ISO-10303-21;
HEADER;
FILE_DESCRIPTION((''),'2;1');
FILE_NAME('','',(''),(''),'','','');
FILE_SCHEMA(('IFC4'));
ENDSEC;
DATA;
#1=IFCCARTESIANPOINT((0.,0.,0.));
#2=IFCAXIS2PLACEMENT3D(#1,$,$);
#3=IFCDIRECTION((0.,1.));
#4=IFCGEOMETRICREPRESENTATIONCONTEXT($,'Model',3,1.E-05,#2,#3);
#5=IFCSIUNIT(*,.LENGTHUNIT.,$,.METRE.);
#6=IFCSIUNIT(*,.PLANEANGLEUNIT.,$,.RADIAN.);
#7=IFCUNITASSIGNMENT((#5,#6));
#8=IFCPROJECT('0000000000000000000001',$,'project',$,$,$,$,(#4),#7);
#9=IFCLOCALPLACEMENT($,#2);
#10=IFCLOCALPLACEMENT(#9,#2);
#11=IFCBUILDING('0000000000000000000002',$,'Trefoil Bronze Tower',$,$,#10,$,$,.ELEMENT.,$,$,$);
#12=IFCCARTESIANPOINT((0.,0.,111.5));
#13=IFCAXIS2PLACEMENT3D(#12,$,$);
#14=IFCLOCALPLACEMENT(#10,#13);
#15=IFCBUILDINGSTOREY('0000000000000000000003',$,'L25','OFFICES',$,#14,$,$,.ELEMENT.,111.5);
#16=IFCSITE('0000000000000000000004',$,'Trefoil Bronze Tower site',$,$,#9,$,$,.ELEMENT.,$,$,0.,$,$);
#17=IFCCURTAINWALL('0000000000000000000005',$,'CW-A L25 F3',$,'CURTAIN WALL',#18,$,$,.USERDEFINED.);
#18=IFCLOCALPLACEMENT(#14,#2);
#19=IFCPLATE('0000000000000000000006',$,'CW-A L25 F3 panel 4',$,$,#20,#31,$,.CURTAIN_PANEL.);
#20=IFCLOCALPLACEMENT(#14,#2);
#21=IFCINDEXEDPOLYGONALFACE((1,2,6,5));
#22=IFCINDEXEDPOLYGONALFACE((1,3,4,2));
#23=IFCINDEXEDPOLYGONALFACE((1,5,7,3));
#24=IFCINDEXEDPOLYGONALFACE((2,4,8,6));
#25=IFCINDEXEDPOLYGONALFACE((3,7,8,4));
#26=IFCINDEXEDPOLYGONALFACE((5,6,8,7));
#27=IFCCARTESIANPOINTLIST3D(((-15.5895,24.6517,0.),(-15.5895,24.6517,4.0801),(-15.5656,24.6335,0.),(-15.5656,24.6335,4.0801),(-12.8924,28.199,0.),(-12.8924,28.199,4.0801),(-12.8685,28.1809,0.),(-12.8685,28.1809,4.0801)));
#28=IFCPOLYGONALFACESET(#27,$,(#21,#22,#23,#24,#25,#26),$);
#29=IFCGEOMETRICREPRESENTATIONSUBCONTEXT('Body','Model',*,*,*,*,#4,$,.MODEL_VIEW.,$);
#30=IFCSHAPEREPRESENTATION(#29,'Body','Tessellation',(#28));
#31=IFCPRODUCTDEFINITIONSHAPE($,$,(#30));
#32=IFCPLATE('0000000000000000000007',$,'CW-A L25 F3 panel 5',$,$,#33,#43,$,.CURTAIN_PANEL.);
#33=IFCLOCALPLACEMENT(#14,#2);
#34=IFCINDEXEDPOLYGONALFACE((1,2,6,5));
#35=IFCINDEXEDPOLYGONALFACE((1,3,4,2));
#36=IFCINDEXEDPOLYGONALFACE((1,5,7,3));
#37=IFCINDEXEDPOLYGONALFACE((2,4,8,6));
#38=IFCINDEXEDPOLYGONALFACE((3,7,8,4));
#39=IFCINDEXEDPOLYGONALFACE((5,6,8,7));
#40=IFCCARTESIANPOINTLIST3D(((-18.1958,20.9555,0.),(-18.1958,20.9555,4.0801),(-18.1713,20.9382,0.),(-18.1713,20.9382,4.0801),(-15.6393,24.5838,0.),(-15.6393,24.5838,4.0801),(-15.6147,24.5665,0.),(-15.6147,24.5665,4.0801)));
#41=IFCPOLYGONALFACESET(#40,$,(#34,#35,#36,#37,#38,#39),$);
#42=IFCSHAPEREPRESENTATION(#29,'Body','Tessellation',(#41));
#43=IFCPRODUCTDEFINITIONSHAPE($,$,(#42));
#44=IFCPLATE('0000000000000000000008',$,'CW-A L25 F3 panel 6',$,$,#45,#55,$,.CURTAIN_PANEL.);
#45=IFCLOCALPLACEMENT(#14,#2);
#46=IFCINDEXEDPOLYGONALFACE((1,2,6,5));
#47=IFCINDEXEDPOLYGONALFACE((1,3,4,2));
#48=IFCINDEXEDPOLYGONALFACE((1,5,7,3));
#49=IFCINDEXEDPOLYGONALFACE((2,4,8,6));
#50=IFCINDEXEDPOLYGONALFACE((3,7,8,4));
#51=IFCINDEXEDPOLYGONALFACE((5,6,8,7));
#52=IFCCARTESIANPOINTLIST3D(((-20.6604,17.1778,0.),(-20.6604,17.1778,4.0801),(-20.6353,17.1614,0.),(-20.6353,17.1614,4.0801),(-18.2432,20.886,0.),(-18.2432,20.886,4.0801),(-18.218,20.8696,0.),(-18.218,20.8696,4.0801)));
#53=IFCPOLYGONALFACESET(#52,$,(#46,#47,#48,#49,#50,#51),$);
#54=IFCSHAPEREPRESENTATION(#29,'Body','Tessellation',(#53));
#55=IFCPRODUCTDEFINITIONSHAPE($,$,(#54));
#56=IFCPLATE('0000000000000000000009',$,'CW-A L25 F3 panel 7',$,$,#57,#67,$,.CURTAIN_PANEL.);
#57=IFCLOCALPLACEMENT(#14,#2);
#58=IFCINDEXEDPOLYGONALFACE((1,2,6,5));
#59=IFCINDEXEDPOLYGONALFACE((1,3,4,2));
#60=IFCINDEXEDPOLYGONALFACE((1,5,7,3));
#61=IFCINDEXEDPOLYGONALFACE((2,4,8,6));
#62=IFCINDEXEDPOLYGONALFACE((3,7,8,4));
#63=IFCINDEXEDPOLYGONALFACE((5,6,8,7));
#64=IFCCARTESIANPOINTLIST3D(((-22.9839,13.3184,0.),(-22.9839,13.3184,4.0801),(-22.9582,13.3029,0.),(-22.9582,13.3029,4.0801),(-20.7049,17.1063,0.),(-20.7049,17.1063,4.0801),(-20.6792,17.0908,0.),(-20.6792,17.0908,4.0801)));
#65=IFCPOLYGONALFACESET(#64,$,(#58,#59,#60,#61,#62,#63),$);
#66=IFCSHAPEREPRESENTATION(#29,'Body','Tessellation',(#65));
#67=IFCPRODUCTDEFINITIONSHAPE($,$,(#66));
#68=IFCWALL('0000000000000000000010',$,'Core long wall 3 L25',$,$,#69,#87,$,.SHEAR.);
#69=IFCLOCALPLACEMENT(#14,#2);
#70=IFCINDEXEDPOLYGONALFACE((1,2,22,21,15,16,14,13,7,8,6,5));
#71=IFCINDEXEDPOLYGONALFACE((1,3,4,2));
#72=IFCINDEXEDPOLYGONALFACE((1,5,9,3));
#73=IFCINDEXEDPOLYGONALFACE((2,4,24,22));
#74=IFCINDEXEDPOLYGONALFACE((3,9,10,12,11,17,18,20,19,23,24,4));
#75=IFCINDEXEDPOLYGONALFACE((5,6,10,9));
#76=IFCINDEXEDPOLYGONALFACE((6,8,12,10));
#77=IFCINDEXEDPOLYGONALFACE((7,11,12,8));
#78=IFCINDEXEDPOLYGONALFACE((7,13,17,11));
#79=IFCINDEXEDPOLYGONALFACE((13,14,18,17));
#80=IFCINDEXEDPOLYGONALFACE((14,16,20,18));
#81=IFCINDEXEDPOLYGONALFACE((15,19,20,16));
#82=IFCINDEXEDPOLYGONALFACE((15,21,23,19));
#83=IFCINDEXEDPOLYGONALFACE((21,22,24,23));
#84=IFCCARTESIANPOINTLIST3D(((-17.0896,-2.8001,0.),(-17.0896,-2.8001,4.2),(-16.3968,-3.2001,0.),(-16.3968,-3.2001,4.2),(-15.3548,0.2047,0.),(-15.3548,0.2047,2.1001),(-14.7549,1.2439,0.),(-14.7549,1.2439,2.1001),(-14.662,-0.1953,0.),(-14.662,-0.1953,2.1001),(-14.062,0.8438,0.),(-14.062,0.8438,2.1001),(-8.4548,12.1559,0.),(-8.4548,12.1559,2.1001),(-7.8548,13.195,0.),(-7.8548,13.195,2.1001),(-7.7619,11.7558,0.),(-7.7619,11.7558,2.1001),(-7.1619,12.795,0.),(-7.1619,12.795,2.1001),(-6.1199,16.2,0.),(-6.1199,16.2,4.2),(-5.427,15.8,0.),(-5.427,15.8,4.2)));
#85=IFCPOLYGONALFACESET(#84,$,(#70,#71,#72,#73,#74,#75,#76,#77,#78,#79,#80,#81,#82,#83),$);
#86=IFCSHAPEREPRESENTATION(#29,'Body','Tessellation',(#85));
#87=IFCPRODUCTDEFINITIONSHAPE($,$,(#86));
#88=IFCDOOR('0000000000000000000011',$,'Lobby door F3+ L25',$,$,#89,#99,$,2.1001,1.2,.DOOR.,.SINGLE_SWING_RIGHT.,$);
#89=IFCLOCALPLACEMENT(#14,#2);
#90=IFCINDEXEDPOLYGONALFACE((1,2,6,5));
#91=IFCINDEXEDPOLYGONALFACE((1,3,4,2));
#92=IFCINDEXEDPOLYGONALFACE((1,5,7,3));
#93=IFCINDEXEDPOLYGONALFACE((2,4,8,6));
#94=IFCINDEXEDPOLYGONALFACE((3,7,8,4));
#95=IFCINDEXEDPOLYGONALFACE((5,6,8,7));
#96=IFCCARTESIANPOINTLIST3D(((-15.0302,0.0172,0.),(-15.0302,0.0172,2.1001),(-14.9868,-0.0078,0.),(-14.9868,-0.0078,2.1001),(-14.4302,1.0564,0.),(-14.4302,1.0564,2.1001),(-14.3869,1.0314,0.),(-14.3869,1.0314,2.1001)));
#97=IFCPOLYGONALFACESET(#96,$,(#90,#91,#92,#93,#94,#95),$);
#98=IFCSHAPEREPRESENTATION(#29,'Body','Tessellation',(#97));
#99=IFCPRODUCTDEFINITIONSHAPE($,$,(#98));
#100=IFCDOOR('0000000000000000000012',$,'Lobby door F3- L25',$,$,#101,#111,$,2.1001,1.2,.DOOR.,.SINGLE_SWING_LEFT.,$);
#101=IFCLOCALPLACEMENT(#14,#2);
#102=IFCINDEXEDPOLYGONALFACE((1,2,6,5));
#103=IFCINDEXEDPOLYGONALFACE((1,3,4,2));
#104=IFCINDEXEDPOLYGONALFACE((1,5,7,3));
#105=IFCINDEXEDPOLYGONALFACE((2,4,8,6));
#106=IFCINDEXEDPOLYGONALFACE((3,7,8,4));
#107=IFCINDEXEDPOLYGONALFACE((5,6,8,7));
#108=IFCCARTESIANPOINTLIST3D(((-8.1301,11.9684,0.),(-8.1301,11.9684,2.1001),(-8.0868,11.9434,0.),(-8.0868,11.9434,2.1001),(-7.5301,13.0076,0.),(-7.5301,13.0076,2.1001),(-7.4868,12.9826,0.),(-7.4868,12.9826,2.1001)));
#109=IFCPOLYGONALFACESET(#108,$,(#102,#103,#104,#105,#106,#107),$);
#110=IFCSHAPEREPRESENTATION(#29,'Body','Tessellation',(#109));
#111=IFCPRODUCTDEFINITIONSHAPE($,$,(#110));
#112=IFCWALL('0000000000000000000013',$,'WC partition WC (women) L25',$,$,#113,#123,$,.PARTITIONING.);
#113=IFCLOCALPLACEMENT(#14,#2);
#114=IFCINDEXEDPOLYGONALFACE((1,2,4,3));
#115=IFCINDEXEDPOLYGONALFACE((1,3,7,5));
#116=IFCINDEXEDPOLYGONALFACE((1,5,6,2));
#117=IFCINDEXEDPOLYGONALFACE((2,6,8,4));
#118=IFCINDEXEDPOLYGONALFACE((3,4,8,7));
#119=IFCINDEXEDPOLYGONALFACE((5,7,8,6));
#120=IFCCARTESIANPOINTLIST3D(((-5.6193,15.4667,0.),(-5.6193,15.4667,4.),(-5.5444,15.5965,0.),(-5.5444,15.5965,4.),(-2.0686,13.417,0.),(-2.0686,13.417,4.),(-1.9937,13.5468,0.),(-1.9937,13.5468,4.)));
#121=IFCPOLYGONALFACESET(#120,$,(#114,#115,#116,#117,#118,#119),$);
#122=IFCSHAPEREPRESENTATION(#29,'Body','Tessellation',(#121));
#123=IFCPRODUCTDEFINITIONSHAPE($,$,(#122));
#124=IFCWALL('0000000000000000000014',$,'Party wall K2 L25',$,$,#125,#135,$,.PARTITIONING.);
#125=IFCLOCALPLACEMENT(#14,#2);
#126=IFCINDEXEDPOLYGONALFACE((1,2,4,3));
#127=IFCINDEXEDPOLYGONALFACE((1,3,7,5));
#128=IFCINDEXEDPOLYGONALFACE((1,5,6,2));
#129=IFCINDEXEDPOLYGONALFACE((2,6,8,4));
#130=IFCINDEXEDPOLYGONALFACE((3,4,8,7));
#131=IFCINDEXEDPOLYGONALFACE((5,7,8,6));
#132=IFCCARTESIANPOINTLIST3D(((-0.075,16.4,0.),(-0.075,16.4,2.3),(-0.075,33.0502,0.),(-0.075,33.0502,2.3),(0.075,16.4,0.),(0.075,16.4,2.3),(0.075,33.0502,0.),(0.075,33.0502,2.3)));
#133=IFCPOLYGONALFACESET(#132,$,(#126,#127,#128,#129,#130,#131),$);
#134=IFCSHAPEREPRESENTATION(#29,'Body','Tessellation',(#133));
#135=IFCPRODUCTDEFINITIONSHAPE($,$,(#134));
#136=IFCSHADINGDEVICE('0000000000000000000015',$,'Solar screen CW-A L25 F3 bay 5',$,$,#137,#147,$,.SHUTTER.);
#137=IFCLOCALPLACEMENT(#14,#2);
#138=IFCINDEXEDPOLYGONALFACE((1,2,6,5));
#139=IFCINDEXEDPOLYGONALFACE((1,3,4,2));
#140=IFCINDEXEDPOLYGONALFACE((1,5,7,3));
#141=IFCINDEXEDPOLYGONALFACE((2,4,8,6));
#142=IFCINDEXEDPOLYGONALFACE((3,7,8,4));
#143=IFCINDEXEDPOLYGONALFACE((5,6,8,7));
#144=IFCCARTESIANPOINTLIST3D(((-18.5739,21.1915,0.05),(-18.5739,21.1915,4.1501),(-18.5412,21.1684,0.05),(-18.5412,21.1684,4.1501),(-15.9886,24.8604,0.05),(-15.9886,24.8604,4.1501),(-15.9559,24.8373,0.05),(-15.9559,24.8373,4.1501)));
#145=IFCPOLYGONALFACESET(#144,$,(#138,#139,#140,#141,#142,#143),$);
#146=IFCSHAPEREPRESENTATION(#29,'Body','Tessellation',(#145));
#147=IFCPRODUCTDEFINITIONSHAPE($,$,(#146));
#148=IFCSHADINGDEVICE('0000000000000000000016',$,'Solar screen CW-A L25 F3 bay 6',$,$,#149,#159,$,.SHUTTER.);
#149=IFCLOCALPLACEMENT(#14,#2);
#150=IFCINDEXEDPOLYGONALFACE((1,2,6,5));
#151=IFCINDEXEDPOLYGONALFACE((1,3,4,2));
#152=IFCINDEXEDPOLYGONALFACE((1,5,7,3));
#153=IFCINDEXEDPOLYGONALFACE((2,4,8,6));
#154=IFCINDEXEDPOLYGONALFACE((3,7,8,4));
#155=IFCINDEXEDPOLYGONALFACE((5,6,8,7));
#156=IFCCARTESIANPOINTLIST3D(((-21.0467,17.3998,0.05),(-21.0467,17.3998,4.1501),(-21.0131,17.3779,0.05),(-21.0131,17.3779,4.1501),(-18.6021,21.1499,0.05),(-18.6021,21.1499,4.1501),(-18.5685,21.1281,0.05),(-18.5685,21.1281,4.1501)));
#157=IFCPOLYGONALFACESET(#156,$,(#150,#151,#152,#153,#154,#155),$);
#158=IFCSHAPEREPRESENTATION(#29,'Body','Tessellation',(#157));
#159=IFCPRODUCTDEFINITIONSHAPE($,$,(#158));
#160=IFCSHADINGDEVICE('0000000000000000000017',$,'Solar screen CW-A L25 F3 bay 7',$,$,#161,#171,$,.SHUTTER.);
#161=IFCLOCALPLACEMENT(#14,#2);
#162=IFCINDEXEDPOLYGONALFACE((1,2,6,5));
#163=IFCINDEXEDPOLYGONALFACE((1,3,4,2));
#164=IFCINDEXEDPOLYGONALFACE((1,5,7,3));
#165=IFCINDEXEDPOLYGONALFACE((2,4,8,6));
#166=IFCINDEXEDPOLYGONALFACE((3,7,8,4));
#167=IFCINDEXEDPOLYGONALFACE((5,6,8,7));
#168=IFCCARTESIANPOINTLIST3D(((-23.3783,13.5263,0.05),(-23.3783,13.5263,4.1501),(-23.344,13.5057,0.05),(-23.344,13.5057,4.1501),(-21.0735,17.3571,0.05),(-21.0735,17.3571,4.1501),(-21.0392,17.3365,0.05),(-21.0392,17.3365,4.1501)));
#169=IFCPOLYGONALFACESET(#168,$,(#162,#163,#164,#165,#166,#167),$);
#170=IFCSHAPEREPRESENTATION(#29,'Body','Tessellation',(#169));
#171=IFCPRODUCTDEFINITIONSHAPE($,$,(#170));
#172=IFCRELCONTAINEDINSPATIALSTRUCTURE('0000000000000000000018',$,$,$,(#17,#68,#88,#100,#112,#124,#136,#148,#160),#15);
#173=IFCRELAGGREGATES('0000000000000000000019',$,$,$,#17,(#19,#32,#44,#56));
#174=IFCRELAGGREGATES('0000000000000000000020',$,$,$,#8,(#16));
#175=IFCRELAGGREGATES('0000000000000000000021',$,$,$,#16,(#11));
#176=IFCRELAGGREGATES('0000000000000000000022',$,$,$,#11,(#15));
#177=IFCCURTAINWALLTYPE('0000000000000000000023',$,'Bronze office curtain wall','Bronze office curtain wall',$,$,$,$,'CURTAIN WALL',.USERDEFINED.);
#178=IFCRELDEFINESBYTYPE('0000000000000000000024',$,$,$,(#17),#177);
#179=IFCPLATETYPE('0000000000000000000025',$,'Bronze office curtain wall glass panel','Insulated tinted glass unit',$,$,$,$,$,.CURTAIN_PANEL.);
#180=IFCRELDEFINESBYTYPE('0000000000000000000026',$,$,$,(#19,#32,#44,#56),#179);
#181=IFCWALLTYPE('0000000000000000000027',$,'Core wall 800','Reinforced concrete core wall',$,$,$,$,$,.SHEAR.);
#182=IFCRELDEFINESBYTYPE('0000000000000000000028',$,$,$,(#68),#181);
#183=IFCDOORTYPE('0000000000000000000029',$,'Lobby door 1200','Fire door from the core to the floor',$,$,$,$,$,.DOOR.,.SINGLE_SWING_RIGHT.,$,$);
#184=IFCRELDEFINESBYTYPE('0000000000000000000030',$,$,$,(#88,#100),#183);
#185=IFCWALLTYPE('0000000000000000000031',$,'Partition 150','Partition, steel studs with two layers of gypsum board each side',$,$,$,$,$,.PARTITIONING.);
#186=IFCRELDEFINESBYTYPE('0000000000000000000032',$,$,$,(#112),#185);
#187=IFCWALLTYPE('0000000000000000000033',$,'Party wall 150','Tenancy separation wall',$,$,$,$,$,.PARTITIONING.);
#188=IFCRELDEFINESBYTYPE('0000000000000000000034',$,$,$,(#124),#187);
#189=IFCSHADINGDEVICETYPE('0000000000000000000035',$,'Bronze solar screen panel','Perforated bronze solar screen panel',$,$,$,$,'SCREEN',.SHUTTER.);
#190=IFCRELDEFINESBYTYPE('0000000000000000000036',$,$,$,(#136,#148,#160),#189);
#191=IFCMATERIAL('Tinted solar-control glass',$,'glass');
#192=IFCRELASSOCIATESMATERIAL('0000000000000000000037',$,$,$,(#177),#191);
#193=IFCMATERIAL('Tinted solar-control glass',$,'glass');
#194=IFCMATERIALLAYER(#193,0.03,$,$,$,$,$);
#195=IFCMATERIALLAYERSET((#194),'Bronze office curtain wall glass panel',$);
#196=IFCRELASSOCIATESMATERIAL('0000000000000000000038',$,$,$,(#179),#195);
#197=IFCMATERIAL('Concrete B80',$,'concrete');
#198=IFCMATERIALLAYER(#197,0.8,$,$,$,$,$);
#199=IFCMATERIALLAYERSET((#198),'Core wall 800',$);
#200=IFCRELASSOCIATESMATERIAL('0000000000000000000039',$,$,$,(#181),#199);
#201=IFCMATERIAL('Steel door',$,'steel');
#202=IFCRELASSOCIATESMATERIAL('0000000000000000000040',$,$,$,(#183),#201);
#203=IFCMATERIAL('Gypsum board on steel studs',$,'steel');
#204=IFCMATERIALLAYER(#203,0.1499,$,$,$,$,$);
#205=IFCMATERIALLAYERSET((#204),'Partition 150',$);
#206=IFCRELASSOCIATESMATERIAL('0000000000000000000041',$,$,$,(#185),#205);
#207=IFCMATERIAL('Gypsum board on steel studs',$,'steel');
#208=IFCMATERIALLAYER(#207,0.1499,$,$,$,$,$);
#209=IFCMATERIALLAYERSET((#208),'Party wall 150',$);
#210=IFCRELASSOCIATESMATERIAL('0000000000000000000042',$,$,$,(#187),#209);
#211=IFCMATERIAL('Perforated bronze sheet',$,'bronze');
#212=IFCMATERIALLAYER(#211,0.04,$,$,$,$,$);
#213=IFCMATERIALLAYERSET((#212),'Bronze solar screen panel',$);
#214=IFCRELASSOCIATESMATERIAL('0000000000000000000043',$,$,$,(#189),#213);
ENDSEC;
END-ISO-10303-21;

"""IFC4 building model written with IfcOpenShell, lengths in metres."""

from ifc_helpers import new_model, si_unit, direction, frame, frame_2d, origin, origin_2d, place, context, subcontext, project, spatial, rectangle, extrude, material, layer, layer_set, type_object, element, fill, aggregate, save


model = new_model("IFC4")

# Units and contexts
model_context = context("Model", 3, precision=1e-05, world=origin(), true_north=direction((0.0, 1.0)))
body_context = subcontext(model_context, "Body", "Model", "MODEL_VIEW")
ifc_project = project(units=[si_unit("LENGTHUNIT", "METRE"), si_unit("PLANEANGLEUNIT", "RADIAN")], contexts=[model_context])

# Site, building, storey
site_placement = place(None, origin())
site = spatial("IfcSite", under=ifc_project, at=site_placement, Name="Trefoil Bronze Tower site", CompositionType="ELEMENT", RefElevation=0.0)
building_placement = place(site_placement, origin())
building = spatial("IfcBuilding", under=site, at=building_placement, Name="Trefoil Bronze Tower", CompositionType="ELEMENT")
storey_placement = place(building_placement, frame((0.0, 0.0, 111.5)))
storey = spatial("IfcBuildingStorey", under=building, at=storey_placement, Name="L25", Description="OFFICES", CompositionType="ELEMENT", Elevation=111.5)

# Curtain wall
ifc_material_1 = material(Name="Tinted solar-control glass", Category="glass")
curtain_wall_type = type_object("IfcCurtainWallType", Name="Bronze office curtain wall", Description="Bronze office curtain wall", ElementType="CURTAIN WALL", PredefinedType="USERDEFINED", material=ifc_material_1)
curtain_wall_placement = place(storey_placement, origin())
curtain_wall = element("IfcCurtainWall", 1, at=curtain_wall_placement, inside=storey, type_object=curtain_wall_type, Name="CW-A L25 F3", ObjectType="CURTAIN WALL", PredefinedType="USERDEFINED")

# Plates
ifc_material_2 = material(Name="Tinted solar-control glass", Category="glass")
ifc_layer_1 = layer(ifc_material_2, 0.03)
ifc_layer_set_1 = layer_set([ifc_layer_1], Name="Bronze office curtain wall glass panel")
plate_type = type_object("IfcPlateType", Name="Bronze office curtain wall glass panel", Description="Insulated tinted glass unit", PredefinedType="CURTAIN_PANEL", material=ifc_layer_set_1)
plate_1_placement = place(storey_placement, frame((-14.229, 26.4163, 0.0), z_axis=(0.0, 0.0, 1.0), x_axis=(-0.605252, -0.796034, 0.0)))
plate_1 = element("IfcPlate", 2, at=plate_1_placement, type_object=plate_type, Name="CW-A L25 F3 panel 4", PredefinedType="CURTAIN_PANEL", context=body_context, shape_type="SweptSolid", body=[
    extrude(rectangle(XDim=4.4563, YDim=0.03, at=origin_2d()), origin(), (0.0, 0.0, 1.0), 4.0801),
])
plate_2_placement = place(storey_placement, frame((-16.9053, 22.761, 0.0), z_axis=(0.0, 0.0, 1.0), x_axis=(-0.575999, -0.81745, 0.0)))
plate_2 = element("IfcPlate", 3, at=plate_2_placement, type_object=plate_type, Name="CW-A L25 F3 panel 5", PredefinedType="CURTAIN_PANEL", context=body_context, shape_type="SweptSolid", body=[
    extrude(rectangle(XDim=4.4385, YDim=0.03, at=origin_2d()), origin(), (0.0, 0.0, 1.0), 4.0801),
])
plate_3_placement = place(storey_placement, frame((-19.4392, 19.0237, 0.0), z_axis=(0.0, 0.0, 1.0), x_axis=(-0.546089, -0.837727, 0.0)))
plate_3 = element("IfcPlate", 4, at=plate_3_placement, type_object=plate_type, Name="CW-A L25 F3 panel 6", PredefinedType="CURTAIN_PANEL", context=body_context, shape_type="SweptSolid", body=[
    extrude(rectangle(XDim=4.4265, YDim=0.03, at=origin_2d()), origin(), (0.0, 0.0, 1.0), 4.0801),
])
plate_4_placement = place(storey_placement, frame((-21.8315, 15.2046, 0.0), z_axis=(0.0, 0.0, 1.0), x_axis=(-0.515525, -0.856874, 0.0)))
plate_4 = element("IfcPlate", 5, at=plate_4_placement, type_object=plate_type, Name="CW-A L25 F3 panel 7", PredefinedType="CURTAIN_PANEL", context=body_context, shape_type="SweptSolid", body=[
    extrude(rectangle(XDim=4.4207, YDim=0.03, at=origin_2d()), origin(), (0.0, 0.0, 1.0), 4.0801),
])
aggregate(curtain_wall, [plate_1, plate_2, plate_3, plate_4])

# Wall, openings, doors
ifc_material_3 = material(Name="Concrete B80", Category="concrete")
ifc_layer_2 = layer(ifc_material_3, 0.8)
ifc_layer_set_2 = layer_set([ifc_layer_2], Name="Core wall 800")
wall_type_1 = type_object("IfcWallType", Name="Core wall 800", Description="Reinforced concrete core wall", PredefinedType="SHEAR", material=ifc_layer_set_2)
wall_1_placement = place(storey_placement, frame((-5.7734, 16.0, 0.0), z_axis=(0.0, 0.0, 1.0), x_axis=(-0.500002, -0.866024, 0.0)))
wall_1 = element("IfcWall", 6, at=wall_1_placement, inside=storey, type_object=wall_type_1, Name="Core long wall 3 L25", PredefinedType="SHEAR", context=body_context, shape_type="SweptSolid", body=[
    extrude(rectangle(XDim=21.9395, YDim=0.8, at=frame_2d((10.9697, 0.0))), origin(), (0.0, 0.0, 1.0), 4.2),
])
opening_1_placement = place(wall_1_placement, frame((17.2698, 0.0, 0.0)))
opening_1 = element("IfcOpeningElement", 7, at=opening_1_placement, cuts=wall_1, PredefinedType="OPENING", context=body_context, shape_type="SweptSolid", body=[
    extrude(rectangle(XDim=1.2, YDim=2.1001, at=frame_2d((0.6001, 1.05))), frame((0.0, 0.4099, 0.0), z_axis=(0.0, -1.0, 0.0), x_axis=(1.0, 0.0, 0.0)), (0.0, 0.0, 1.0), 0.8201),
])
opening_2_placement = place(wall_1_placement, frame((3.4697, 0.0, 0.0)))
opening_2 = element("IfcOpeningElement", 8, at=opening_2_placement, cuts=wall_1, PredefinedType="OPENING", context=body_context, shape_type="SweptSolid", body=[
    extrude(rectangle(XDim=1.2, YDim=2.1001, at=frame_2d((0.6001, 1.05))), frame((0.0, 0.4099, 0.0), z_axis=(0.0, -1.0, 0.0), x_axis=(1.0, 0.0, 0.0)), (0.0, 0.0, 1.0), 0.8201),
])
ifc_material_4 = material(Name="Steel door", Category="steel")
door_type = type_object("IfcDoorType", Name="Lobby door 1200", Description="Fire door from the core to the floor", OperationType="SINGLE_SWING_RIGHT", PredefinedType="DOOR", material=ifc_material_4)
door_1_placement = place(opening_1_placement, origin())
door_1 = element("IfcDoor", 9, at=door_1_placement, inside=storey, type_object=door_type, Name="Lobby door F3+ L25", OperationType="SINGLE_SWING_RIGHT", OverallHeight=2.1001, OverallWidth=1.2, PredefinedType="DOOR", context=body_context, shape_type="SweptSolid", body=[
    extrude(rectangle(XDim=1.2, YDim=2.1001, at=frame_2d((0.6001, 1.05))), frame((0.0, 0.0249, 0.0), z_axis=(0.0, -1.0, 0.0), x_axis=(1.0, 0.0, 0.0)), (0.0, 0.0, 1.0), 0.05),
])
fill(opening_1, door_1)
door_2_placement = place(opening_2_placement, origin())
door_2 = element("IfcDoor", 10, at=door_2_placement, inside=storey, type_object=door_type, Name="Lobby door F3- L25", OperationType="SINGLE_SWING_LEFT", OverallHeight=2.1001, OverallWidth=1.2, PredefinedType="DOOR", context=body_context, shape_type="SweptSolid", body=[
    extrude(rectangle(XDim=1.2, YDim=2.1001, at=frame_2d((0.6001, 1.05))), frame((0.0, 0.0249, 0.0), z_axis=(0.0, -1.0, 0.0), x_axis=(1.0, 0.0, 0.0)), (0.0, 0.0, 1.0), 0.05),
])
fill(opening_2, door_2)

# Walls
ifc_material_5 = material(Name="Gypsum board on steel studs", Category="steel")
ifc_layer_3 = layer(ifc_material_5, 0.1499)
ifc_layer_set_3 = layer_set([ifc_layer_3], Name="Partition 150")
wall_type_2 = type_object("IfcWallType", Name="Partition 150", Description="Partition, steel studs with two layers of gypsum board each side", PredefinedType="PARTITIONING", material=ifc_layer_set_3)
wall_2_placement = place(storey_placement, frame((-2.0312, 13.4819, 0.0), z_axis=(0.0, 0.0, 1.0), x_axis=(-0.866051, 0.499956, 0.0)))
element("IfcWall", 11, at=wall_2_placement, inside=storey, type_object=wall_type_2, Name="WC partition WC (women) L25", PredefinedType="PARTITIONING", context=body_context, shape_type="SweptSolid", body=[
    extrude(rectangle(XDim=4.0999, YDim=0.1499, at=frame_2d((2.0498, 0.0))), origin(), (0.0, 0.0, 1.0), 4.0),
])
ifc_material_6 = material(Name="Gypsum board on steel studs", Category="steel")
ifc_layer_4 = layer(ifc_material_6, 0.1499)
ifc_layer_set_4 = layer_set([ifc_layer_4], Name="Party wall 150")
wall_type_3 = type_object("IfcWallType", Name="Party wall 150", Description="Tenancy separation wall", PredefinedType="PARTITIONING", material=ifc_layer_set_4)
wall_3_placement = place(storey_placement, frame((0.0, 16.3999, 0.0), z_axis=(0.0, 0.0, 1.0), x_axis=(0.0, 1.0, 0.0)))
element("IfcWall", 12, at=wall_3_placement, inside=storey, type_object=wall_type_3, Name="Party wall K2 L25", PredefinedType="PARTITIONING", context=body_context, shape_type="SweptSolid", body=[
    extrude(rectangle(XDim=16.6501, YDim=0.1499, at=frame_2d((8.3252, 0.0))), origin(), (0.0, 0.0, 1.0), 2.3),
])

# Shading devices
ifc_material_7 = material(Name="Perforated bronze sheet", Category="bronze")
ifc_layer_5 = layer(ifc_material_7, 0.04)
ifc_layer_set_5 = layer_set([ifc_layer_5], Name="Bronze solar screen panel")
shading_device_type = type_object("IfcShadingDeviceType", Name="Bronze solar screen panel", Description="Perforated bronze solar screen panel", ElementType="SCREEN", PredefinedType="SHUTTER", material=ifc_layer_set_5)
shading_device_1_placement = place(storey_placement, frame((-17.2649, 23.0144, 0.05), z_axis=(0.0, 0.0, 1.0), x_axis=(-0.575999, -0.81745, 0.0)))
element("IfcShadingDevice", 13, at=shading_device_1_placement, inside=storey, type_object=shading_device_type, Name="Solar screen CW-A L25 F3 bay 5", PredefinedType="SHUTTER", context=body_context, shape_type="SweptSolid", body=[
    extrude(rectangle(XDim=4.4883, YDim=0.04, at=origin_2d()), origin(), (0.0, 0.0, 1.0), 4.1001),
])
shading_device_2_placement = place(storey_placement, frame((-19.8076, 19.2639, 0.05), z_axis=(0.0, 0.0, 1.0), x_axis=(-0.546089, -0.837727, 0.0)))
element("IfcShadingDevice", 14, at=shading_device_2_placement, inside=storey, type_object=shading_device_type, Name="Solar screen CW-A L25 F3 bay 6", PredefinedType="SHUTTER", context=body_context, shape_type="SweptSolid", body=[
    extrude(rectangle(XDim=4.4766, YDim=0.04, at=origin_2d()), origin(), (0.0, 0.0, 1.0), 4.1001),
])
shading_device_3_placement = place(storey_placement, frame((-22.2087, 15.4314, 0.05), z_axis=(0.0, 0.0, 1.0), x_axis=(-0.515525, -0.856874, 0.0)))
element("IfcShadingDevice", 15, at=shading_device_3_placement, inside=storey, type_object=shading_device_type, Name="Solar screen CW-A L25 F3 bay 7", PredefinedType="SHUTTER", context=body_context, shape_type="SweptSolid", body=[
    extrude(rectangle(XDim=4.4707, YDim=0.04, at=origin_2d()), origin(), (0.0, 0.0, 1.0), 4.1001),
])

save(model, "model.ifc")
